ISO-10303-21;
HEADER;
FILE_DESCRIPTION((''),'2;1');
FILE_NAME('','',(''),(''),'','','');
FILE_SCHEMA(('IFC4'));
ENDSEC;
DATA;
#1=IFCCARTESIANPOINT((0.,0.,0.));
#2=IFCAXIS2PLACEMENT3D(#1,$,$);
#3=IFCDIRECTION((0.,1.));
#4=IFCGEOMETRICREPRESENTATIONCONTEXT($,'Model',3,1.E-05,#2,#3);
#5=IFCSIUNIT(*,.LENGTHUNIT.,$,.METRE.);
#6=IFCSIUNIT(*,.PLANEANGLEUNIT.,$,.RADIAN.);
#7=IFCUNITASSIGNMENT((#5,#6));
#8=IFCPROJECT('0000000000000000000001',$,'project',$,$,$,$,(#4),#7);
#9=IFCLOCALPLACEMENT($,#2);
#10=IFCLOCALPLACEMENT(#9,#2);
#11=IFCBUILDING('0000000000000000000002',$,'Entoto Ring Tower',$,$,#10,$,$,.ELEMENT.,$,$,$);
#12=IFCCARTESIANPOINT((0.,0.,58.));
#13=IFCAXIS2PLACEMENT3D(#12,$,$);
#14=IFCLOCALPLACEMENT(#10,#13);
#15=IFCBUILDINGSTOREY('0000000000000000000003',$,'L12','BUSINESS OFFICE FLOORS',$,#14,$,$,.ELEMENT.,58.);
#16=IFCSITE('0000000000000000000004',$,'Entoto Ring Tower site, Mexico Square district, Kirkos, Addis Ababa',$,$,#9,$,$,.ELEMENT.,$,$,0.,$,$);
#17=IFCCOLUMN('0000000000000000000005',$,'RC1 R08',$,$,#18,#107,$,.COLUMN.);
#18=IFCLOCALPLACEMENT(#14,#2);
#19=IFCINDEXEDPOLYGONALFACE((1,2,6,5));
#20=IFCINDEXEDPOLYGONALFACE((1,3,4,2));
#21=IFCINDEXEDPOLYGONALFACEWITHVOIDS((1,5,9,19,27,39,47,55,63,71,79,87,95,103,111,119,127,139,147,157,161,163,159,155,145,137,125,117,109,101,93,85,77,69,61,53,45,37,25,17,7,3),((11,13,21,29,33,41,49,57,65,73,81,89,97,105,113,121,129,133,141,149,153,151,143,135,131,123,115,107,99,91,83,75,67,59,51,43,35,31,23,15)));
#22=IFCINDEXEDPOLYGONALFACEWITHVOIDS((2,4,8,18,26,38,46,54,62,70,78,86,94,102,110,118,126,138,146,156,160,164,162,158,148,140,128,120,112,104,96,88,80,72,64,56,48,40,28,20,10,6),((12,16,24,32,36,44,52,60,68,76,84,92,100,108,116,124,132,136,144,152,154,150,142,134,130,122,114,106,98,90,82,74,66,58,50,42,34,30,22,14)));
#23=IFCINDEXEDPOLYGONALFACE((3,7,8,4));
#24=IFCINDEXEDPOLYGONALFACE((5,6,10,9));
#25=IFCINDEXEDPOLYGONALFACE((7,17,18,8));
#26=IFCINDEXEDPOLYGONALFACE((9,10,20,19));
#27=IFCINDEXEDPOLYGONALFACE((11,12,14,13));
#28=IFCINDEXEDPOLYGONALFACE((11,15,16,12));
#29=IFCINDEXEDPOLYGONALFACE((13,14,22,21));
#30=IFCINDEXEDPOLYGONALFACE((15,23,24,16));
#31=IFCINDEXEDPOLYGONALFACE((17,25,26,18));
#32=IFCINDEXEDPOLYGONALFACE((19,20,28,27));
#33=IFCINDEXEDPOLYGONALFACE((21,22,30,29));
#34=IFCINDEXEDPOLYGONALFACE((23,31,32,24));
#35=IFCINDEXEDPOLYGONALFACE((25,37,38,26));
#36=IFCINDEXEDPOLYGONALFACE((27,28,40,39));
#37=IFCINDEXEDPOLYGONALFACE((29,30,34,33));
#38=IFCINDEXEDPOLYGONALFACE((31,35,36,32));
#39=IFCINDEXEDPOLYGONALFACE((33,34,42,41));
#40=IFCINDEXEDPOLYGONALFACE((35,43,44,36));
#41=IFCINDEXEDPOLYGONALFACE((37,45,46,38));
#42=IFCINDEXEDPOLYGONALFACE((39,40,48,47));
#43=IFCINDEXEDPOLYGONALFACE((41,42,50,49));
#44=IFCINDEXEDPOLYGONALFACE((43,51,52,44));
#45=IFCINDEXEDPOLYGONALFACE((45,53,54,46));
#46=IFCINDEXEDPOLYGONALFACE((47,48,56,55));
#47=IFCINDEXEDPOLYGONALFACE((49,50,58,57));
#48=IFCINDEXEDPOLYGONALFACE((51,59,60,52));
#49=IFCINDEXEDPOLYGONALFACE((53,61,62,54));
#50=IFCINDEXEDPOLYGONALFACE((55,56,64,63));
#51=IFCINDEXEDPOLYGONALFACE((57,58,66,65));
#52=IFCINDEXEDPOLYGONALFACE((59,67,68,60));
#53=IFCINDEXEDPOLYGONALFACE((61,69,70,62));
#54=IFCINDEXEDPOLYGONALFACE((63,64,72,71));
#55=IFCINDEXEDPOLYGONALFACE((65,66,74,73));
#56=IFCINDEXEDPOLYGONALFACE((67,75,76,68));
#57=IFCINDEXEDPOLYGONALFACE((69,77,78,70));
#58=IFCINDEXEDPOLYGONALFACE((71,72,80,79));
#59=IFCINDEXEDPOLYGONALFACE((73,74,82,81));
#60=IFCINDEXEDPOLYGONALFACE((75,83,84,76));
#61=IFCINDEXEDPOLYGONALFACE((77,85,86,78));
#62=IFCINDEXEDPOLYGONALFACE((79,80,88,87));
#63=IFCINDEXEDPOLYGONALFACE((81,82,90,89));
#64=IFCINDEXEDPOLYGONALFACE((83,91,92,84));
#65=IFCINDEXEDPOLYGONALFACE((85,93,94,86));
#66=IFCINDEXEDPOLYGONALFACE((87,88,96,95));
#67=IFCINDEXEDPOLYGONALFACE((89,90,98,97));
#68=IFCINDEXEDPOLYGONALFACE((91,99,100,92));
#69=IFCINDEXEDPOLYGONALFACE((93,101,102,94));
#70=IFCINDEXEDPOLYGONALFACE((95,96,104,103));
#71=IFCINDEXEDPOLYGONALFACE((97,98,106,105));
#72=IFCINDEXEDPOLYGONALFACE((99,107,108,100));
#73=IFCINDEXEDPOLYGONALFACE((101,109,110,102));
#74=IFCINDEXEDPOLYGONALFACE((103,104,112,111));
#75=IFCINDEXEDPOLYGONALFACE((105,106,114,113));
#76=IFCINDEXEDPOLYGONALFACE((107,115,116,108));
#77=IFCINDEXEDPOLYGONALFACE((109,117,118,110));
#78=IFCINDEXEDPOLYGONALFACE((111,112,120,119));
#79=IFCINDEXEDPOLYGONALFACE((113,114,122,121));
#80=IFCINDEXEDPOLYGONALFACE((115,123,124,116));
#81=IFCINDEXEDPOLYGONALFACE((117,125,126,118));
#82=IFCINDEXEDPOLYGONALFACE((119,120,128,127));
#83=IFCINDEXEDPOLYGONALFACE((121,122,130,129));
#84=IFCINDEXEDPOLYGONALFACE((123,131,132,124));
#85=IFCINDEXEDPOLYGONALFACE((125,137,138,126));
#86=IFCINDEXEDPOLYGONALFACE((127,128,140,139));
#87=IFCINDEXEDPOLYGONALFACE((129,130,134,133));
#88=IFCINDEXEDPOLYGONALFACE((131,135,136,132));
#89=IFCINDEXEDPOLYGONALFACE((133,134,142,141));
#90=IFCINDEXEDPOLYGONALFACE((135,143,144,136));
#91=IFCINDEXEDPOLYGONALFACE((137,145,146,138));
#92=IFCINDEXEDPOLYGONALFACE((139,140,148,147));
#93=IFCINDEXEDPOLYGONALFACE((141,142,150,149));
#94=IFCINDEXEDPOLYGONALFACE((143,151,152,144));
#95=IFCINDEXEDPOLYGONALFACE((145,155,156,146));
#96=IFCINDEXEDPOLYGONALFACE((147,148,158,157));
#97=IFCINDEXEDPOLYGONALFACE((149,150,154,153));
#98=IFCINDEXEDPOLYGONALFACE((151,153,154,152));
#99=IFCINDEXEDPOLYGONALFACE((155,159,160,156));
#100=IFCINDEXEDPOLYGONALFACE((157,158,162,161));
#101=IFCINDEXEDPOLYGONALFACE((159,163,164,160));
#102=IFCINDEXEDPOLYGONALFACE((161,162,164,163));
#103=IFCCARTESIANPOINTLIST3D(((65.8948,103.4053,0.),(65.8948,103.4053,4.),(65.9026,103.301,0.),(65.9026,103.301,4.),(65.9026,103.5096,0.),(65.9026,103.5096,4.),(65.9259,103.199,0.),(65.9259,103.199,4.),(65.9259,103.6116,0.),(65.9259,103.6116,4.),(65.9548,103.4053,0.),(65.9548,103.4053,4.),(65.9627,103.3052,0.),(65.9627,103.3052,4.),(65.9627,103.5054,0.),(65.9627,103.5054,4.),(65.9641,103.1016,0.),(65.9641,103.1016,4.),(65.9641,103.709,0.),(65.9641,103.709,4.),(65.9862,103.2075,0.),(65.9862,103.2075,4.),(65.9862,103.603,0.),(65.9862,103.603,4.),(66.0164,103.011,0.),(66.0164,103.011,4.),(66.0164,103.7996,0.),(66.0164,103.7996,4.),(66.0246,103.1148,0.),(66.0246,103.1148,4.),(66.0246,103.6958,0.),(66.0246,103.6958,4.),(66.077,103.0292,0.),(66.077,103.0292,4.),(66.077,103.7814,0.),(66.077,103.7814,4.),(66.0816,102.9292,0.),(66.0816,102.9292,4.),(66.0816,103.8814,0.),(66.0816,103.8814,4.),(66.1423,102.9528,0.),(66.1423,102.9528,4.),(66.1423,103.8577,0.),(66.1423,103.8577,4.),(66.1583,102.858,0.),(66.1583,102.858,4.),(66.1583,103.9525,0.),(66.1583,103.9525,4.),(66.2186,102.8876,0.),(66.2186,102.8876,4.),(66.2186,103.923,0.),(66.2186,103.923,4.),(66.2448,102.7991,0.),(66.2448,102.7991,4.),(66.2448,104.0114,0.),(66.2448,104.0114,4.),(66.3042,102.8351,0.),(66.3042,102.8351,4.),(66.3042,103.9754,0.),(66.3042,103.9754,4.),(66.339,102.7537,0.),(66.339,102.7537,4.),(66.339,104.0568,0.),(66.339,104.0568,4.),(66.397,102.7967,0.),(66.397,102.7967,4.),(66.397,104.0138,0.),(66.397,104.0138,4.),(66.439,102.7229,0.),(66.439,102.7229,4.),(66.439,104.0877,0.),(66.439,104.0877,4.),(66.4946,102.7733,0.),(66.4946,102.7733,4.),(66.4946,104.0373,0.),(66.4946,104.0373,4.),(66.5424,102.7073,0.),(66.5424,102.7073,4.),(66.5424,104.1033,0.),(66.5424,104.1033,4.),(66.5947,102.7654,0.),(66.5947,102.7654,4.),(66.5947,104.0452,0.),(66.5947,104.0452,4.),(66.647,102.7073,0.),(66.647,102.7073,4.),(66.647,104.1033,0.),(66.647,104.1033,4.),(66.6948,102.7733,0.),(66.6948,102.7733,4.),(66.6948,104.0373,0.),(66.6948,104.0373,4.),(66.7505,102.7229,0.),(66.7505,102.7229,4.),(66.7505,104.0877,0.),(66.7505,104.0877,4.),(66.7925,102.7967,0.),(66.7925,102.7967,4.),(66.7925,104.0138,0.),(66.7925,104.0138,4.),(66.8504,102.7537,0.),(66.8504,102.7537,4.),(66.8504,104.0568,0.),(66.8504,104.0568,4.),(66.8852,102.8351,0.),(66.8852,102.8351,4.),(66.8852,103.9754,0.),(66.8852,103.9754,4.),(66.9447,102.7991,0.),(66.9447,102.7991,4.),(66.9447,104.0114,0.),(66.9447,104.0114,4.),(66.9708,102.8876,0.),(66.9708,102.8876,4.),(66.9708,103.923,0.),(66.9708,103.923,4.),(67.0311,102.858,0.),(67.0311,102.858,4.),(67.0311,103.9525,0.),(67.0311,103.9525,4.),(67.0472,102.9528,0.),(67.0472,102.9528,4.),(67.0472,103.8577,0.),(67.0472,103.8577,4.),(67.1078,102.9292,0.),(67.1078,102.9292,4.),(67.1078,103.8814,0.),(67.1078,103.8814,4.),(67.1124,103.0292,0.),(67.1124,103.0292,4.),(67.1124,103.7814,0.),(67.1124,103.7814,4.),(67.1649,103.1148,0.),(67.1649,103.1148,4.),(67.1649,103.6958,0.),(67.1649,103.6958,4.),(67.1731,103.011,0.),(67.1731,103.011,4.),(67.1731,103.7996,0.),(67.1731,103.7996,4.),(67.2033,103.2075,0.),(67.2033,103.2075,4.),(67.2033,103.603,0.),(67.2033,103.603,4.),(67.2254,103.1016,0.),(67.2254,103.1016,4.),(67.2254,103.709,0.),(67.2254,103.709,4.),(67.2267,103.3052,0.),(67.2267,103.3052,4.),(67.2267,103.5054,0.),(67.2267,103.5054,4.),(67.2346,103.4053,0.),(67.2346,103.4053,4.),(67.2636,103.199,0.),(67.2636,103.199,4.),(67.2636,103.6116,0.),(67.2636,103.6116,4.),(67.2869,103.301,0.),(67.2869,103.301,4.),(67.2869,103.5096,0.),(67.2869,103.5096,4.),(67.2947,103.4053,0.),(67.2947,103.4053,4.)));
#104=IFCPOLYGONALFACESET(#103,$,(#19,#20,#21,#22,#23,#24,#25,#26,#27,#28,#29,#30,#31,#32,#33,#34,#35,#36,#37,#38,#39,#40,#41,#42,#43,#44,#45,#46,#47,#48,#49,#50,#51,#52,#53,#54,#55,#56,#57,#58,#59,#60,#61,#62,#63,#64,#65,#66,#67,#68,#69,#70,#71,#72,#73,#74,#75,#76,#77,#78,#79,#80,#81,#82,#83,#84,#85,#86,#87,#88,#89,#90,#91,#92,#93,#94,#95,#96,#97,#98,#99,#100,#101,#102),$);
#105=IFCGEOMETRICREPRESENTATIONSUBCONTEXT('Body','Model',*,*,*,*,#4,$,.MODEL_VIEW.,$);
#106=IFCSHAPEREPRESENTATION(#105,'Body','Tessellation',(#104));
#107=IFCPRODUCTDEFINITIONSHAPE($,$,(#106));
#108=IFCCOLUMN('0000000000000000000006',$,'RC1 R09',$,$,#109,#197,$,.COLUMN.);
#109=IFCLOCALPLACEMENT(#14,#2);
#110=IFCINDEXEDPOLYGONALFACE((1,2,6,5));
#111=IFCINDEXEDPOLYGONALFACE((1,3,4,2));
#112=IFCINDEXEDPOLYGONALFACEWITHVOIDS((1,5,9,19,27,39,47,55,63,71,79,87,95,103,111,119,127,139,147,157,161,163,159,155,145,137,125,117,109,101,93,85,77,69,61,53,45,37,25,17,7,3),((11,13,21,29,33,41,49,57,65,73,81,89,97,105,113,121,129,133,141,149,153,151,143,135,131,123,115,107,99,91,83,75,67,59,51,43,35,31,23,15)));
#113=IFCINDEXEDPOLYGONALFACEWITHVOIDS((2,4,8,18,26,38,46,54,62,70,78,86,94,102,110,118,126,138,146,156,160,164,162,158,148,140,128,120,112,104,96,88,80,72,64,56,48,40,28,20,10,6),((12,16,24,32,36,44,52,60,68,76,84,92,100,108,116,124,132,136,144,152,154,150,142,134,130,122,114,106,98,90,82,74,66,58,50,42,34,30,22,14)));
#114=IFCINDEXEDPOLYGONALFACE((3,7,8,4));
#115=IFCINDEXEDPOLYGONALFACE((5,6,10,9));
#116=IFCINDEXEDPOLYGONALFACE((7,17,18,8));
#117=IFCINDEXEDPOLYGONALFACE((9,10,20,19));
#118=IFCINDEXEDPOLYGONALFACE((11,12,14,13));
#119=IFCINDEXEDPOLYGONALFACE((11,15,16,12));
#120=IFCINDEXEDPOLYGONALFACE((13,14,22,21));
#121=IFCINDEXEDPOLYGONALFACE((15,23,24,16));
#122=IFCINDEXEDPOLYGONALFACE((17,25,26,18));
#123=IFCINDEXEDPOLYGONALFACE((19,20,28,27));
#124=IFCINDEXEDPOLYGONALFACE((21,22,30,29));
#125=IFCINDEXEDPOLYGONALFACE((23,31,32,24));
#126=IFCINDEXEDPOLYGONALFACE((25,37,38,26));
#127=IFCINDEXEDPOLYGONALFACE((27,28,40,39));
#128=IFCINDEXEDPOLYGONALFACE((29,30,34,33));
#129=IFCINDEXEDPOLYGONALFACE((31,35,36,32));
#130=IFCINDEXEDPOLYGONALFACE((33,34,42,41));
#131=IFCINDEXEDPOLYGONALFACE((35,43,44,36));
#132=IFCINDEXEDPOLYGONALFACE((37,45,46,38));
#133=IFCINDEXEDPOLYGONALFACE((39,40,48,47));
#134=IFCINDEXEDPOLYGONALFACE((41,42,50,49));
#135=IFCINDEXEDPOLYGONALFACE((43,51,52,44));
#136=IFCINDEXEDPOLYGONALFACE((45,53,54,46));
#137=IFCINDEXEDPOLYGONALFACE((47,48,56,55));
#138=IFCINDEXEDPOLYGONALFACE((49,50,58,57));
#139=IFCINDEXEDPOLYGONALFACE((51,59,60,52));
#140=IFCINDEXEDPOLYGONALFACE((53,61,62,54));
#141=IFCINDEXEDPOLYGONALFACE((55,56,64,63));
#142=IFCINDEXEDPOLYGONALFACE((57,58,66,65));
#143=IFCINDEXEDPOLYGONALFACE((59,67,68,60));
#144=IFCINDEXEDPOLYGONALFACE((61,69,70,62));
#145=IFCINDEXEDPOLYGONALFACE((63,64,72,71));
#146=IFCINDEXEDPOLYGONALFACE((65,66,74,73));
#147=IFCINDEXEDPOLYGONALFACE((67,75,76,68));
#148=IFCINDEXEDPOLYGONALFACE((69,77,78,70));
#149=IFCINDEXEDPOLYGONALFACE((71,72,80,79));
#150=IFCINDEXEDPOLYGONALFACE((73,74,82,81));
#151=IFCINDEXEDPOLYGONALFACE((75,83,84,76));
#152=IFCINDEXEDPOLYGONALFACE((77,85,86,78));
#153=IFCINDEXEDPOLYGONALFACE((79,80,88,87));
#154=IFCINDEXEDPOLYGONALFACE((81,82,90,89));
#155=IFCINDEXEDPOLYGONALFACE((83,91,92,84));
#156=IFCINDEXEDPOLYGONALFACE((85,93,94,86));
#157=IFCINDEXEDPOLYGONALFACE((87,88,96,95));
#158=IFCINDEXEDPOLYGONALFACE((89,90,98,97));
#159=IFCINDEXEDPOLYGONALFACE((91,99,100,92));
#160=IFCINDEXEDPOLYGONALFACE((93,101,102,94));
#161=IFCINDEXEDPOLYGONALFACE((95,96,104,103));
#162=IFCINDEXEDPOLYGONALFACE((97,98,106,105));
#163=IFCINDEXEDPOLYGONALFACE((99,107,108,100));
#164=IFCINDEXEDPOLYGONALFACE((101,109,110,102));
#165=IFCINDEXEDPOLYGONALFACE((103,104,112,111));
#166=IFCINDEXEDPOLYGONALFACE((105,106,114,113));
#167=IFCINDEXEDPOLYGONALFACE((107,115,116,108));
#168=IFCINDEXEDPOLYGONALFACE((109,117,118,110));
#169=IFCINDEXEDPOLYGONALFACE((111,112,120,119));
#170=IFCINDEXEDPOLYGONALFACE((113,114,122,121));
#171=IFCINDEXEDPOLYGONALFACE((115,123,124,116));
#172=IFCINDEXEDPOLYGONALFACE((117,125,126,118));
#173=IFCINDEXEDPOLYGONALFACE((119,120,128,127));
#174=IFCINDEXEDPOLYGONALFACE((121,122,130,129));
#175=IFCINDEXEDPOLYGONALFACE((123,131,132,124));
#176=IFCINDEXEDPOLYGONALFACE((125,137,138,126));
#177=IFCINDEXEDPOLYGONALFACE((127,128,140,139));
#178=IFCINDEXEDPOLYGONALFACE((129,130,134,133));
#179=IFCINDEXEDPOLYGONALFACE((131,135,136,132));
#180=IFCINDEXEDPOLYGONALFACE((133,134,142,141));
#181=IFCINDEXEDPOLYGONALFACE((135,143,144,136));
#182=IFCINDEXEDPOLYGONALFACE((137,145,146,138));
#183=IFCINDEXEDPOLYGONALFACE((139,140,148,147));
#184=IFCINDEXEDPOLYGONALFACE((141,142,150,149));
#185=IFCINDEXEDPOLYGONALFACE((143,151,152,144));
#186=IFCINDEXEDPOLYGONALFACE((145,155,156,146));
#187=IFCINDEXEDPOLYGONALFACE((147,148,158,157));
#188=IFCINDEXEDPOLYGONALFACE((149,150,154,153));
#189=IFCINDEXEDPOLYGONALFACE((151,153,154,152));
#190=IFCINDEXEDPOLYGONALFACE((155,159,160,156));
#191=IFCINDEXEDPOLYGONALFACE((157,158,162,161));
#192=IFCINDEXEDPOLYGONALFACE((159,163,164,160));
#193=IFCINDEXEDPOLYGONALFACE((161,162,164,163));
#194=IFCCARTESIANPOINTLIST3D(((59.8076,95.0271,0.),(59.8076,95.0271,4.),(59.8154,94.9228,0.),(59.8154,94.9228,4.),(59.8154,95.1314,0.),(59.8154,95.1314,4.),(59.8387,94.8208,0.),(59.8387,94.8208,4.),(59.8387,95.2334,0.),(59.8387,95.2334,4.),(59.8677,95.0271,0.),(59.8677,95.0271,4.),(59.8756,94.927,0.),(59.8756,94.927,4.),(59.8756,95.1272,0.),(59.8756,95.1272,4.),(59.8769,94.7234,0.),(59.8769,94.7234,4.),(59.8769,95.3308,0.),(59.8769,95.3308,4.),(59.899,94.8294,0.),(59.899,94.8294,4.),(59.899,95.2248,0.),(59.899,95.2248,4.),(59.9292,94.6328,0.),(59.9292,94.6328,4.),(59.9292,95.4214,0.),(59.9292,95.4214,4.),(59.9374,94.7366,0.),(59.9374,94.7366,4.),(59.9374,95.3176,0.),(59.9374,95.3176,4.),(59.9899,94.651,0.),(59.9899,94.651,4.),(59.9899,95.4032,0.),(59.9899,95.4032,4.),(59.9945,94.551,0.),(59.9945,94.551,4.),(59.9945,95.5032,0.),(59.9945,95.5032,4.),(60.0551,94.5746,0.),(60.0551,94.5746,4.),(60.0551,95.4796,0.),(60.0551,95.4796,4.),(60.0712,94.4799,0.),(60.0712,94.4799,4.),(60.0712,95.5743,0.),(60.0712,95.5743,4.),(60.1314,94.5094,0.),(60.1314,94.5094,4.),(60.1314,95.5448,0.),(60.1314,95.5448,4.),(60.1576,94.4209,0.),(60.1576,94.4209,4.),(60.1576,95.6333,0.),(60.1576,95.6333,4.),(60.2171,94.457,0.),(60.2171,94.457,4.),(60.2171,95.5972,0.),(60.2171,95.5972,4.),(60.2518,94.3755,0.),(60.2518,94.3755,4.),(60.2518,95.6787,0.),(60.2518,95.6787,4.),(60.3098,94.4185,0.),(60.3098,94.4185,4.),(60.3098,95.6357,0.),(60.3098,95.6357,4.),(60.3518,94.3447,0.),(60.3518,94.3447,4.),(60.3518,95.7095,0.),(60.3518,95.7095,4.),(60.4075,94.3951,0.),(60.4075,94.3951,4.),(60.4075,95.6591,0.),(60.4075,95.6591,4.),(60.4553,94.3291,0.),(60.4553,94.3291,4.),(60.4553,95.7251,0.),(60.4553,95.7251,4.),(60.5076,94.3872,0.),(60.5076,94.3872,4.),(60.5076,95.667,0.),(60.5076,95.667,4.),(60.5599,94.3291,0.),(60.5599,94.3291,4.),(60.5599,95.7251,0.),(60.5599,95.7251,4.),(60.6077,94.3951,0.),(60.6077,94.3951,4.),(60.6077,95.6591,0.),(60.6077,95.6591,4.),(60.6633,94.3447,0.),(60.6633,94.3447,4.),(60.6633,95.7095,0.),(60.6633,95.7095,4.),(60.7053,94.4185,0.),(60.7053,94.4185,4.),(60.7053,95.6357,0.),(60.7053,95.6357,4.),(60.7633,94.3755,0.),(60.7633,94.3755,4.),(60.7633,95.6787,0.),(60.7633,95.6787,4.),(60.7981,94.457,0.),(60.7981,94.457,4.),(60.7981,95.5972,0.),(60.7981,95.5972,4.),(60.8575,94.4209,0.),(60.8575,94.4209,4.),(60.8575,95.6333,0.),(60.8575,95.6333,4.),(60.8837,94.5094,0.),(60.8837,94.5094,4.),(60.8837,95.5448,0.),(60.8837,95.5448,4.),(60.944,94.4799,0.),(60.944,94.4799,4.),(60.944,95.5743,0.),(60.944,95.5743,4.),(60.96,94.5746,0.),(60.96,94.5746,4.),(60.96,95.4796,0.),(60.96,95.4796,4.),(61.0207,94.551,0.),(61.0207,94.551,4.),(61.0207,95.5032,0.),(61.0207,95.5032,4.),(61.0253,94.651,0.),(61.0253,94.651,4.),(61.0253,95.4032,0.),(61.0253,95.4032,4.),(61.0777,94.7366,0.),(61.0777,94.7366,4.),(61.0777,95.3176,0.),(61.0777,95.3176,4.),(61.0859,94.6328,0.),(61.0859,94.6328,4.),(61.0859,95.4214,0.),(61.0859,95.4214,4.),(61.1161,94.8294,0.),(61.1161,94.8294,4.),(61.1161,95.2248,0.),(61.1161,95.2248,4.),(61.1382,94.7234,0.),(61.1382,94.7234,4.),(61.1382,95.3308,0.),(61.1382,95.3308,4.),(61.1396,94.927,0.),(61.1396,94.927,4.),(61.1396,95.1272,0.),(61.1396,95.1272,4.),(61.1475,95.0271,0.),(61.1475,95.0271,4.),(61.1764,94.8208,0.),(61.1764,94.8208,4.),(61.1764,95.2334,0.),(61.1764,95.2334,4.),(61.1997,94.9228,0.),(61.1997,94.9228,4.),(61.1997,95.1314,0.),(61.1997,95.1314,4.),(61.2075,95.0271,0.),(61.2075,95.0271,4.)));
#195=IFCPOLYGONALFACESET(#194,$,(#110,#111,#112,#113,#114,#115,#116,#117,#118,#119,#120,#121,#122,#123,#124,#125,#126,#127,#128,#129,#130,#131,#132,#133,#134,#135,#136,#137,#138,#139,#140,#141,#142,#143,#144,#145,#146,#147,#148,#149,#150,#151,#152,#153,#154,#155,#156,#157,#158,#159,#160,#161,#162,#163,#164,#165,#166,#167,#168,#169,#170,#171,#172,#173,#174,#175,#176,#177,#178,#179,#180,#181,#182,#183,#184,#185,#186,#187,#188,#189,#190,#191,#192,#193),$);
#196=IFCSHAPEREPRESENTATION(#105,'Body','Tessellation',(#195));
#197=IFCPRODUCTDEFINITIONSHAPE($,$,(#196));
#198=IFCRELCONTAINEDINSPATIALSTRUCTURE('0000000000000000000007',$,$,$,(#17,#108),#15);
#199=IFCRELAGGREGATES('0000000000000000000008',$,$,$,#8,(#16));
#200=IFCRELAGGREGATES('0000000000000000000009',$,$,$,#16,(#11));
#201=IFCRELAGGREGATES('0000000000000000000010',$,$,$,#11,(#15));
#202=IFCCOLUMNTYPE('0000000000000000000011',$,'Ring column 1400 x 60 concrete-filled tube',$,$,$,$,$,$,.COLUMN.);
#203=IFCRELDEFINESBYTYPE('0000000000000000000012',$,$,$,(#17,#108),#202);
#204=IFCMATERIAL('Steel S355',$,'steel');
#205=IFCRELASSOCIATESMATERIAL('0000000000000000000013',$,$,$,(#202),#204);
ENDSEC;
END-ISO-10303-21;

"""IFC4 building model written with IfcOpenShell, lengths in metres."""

from ifc_helpers import new_model, si_unit, direction, frame, origin, origin_2d, place, context, subcontext, project, spatial, circle, hollow_circle, extrude, material, material_profile, profile_set, type_object, element, save


model = new_model("IFC4")

# Units and contexts
model_context = context("Model", 3, precision=1e-05, world=origin(), true_north=direction((0.0, 1.0)))
body_context = subcontext(model_context, "Body", "Model", "MODEL_VIEW")
ifc_project = project(units=[si_unit("LENGTHUNIT", "METRE"), si_unit("PLANEANGLEUNIT", "RADIAN")], contexts=[model_context])

# Site, building, storey
site_placement = place(None, origin())
site = spatial("IfcSite", under=ifc_project, at=site_placement, Name="Entoto Ring Tower site, Mexico Square district, Kirkos, Addis Ababa", CompositionType="ELEMENT", RefElevation=0.0)
building_placement = place(site_placement, origin())
building = spatial("IfcBuilding", under=site, at=building_placement, Name="Entoto Ring Tower", CompositionType="ELEMENT")
storey_placement = place(building_placement, frame((0.0, 0.0, 58.0)))
storey = spatial("IfcBuildingStorey", under=building, at=storey_placement, Name="L12", Description="BUSINESS OFFICE FLOORS", CompositionType="ELEMENT", Elevation=58.0)

# Columns
ifc_material_1 = material(Name="Steel S355", Category="steel")
ifc_material_profile_1 = material_profile(ifc_material_1, hollow_circle(Radius=0.7, WallThickness=0.0601, at=origin_2d()), Name="CHS 1400 x 60")
ifc_material_2 = material(Name="Concrete C60/75", Category="concrete")
ifc_material_profile_2 = material_profile(ifc_material_2, circle(Radius=0.6399, at=origin_2d()), Name="Concrete C60/75 infill")
ifc_profile_set_1 = profile_set([ifc_material_profile_1, ifc_material_profile_2], Name="Steel S355")
column_type = type_object("IfcColumnType", Name="Ring column 1400 x 60 concrete-filled tube", PredefinedType="COLUMN", material=ifc_profile_set_1)
for number, where, z_axis, x_axis, name in (
    (1, (66.5947, 103.4053, 0.0), (0.0, 0.0, 1.0), (1.0, 0.0, 0.0), "RC1 R08"),
    (2, (60.5076, 95.0271, 0.0), (0.0, 0.0, 1.0), (1.0, 0.0, 0.0), "RC1 R09"),
):
    element("IfcColumn", number, at=place(storey_placement, frame(where, z_axis=z_axis, x_axis=x_axis)), inside=storey, type_object=column_type, Name=name, PredefinedType="COLUMN", context=body_context, shape_type="SweptSolid", body=[
        extrude(hollow_circle(Radius=0.7, WallThickness=0.0601, at=origin_2d()), origin(), (0.0, 0.0, 1.0), 4.0),
    ])

save(model, "model.ifc")
